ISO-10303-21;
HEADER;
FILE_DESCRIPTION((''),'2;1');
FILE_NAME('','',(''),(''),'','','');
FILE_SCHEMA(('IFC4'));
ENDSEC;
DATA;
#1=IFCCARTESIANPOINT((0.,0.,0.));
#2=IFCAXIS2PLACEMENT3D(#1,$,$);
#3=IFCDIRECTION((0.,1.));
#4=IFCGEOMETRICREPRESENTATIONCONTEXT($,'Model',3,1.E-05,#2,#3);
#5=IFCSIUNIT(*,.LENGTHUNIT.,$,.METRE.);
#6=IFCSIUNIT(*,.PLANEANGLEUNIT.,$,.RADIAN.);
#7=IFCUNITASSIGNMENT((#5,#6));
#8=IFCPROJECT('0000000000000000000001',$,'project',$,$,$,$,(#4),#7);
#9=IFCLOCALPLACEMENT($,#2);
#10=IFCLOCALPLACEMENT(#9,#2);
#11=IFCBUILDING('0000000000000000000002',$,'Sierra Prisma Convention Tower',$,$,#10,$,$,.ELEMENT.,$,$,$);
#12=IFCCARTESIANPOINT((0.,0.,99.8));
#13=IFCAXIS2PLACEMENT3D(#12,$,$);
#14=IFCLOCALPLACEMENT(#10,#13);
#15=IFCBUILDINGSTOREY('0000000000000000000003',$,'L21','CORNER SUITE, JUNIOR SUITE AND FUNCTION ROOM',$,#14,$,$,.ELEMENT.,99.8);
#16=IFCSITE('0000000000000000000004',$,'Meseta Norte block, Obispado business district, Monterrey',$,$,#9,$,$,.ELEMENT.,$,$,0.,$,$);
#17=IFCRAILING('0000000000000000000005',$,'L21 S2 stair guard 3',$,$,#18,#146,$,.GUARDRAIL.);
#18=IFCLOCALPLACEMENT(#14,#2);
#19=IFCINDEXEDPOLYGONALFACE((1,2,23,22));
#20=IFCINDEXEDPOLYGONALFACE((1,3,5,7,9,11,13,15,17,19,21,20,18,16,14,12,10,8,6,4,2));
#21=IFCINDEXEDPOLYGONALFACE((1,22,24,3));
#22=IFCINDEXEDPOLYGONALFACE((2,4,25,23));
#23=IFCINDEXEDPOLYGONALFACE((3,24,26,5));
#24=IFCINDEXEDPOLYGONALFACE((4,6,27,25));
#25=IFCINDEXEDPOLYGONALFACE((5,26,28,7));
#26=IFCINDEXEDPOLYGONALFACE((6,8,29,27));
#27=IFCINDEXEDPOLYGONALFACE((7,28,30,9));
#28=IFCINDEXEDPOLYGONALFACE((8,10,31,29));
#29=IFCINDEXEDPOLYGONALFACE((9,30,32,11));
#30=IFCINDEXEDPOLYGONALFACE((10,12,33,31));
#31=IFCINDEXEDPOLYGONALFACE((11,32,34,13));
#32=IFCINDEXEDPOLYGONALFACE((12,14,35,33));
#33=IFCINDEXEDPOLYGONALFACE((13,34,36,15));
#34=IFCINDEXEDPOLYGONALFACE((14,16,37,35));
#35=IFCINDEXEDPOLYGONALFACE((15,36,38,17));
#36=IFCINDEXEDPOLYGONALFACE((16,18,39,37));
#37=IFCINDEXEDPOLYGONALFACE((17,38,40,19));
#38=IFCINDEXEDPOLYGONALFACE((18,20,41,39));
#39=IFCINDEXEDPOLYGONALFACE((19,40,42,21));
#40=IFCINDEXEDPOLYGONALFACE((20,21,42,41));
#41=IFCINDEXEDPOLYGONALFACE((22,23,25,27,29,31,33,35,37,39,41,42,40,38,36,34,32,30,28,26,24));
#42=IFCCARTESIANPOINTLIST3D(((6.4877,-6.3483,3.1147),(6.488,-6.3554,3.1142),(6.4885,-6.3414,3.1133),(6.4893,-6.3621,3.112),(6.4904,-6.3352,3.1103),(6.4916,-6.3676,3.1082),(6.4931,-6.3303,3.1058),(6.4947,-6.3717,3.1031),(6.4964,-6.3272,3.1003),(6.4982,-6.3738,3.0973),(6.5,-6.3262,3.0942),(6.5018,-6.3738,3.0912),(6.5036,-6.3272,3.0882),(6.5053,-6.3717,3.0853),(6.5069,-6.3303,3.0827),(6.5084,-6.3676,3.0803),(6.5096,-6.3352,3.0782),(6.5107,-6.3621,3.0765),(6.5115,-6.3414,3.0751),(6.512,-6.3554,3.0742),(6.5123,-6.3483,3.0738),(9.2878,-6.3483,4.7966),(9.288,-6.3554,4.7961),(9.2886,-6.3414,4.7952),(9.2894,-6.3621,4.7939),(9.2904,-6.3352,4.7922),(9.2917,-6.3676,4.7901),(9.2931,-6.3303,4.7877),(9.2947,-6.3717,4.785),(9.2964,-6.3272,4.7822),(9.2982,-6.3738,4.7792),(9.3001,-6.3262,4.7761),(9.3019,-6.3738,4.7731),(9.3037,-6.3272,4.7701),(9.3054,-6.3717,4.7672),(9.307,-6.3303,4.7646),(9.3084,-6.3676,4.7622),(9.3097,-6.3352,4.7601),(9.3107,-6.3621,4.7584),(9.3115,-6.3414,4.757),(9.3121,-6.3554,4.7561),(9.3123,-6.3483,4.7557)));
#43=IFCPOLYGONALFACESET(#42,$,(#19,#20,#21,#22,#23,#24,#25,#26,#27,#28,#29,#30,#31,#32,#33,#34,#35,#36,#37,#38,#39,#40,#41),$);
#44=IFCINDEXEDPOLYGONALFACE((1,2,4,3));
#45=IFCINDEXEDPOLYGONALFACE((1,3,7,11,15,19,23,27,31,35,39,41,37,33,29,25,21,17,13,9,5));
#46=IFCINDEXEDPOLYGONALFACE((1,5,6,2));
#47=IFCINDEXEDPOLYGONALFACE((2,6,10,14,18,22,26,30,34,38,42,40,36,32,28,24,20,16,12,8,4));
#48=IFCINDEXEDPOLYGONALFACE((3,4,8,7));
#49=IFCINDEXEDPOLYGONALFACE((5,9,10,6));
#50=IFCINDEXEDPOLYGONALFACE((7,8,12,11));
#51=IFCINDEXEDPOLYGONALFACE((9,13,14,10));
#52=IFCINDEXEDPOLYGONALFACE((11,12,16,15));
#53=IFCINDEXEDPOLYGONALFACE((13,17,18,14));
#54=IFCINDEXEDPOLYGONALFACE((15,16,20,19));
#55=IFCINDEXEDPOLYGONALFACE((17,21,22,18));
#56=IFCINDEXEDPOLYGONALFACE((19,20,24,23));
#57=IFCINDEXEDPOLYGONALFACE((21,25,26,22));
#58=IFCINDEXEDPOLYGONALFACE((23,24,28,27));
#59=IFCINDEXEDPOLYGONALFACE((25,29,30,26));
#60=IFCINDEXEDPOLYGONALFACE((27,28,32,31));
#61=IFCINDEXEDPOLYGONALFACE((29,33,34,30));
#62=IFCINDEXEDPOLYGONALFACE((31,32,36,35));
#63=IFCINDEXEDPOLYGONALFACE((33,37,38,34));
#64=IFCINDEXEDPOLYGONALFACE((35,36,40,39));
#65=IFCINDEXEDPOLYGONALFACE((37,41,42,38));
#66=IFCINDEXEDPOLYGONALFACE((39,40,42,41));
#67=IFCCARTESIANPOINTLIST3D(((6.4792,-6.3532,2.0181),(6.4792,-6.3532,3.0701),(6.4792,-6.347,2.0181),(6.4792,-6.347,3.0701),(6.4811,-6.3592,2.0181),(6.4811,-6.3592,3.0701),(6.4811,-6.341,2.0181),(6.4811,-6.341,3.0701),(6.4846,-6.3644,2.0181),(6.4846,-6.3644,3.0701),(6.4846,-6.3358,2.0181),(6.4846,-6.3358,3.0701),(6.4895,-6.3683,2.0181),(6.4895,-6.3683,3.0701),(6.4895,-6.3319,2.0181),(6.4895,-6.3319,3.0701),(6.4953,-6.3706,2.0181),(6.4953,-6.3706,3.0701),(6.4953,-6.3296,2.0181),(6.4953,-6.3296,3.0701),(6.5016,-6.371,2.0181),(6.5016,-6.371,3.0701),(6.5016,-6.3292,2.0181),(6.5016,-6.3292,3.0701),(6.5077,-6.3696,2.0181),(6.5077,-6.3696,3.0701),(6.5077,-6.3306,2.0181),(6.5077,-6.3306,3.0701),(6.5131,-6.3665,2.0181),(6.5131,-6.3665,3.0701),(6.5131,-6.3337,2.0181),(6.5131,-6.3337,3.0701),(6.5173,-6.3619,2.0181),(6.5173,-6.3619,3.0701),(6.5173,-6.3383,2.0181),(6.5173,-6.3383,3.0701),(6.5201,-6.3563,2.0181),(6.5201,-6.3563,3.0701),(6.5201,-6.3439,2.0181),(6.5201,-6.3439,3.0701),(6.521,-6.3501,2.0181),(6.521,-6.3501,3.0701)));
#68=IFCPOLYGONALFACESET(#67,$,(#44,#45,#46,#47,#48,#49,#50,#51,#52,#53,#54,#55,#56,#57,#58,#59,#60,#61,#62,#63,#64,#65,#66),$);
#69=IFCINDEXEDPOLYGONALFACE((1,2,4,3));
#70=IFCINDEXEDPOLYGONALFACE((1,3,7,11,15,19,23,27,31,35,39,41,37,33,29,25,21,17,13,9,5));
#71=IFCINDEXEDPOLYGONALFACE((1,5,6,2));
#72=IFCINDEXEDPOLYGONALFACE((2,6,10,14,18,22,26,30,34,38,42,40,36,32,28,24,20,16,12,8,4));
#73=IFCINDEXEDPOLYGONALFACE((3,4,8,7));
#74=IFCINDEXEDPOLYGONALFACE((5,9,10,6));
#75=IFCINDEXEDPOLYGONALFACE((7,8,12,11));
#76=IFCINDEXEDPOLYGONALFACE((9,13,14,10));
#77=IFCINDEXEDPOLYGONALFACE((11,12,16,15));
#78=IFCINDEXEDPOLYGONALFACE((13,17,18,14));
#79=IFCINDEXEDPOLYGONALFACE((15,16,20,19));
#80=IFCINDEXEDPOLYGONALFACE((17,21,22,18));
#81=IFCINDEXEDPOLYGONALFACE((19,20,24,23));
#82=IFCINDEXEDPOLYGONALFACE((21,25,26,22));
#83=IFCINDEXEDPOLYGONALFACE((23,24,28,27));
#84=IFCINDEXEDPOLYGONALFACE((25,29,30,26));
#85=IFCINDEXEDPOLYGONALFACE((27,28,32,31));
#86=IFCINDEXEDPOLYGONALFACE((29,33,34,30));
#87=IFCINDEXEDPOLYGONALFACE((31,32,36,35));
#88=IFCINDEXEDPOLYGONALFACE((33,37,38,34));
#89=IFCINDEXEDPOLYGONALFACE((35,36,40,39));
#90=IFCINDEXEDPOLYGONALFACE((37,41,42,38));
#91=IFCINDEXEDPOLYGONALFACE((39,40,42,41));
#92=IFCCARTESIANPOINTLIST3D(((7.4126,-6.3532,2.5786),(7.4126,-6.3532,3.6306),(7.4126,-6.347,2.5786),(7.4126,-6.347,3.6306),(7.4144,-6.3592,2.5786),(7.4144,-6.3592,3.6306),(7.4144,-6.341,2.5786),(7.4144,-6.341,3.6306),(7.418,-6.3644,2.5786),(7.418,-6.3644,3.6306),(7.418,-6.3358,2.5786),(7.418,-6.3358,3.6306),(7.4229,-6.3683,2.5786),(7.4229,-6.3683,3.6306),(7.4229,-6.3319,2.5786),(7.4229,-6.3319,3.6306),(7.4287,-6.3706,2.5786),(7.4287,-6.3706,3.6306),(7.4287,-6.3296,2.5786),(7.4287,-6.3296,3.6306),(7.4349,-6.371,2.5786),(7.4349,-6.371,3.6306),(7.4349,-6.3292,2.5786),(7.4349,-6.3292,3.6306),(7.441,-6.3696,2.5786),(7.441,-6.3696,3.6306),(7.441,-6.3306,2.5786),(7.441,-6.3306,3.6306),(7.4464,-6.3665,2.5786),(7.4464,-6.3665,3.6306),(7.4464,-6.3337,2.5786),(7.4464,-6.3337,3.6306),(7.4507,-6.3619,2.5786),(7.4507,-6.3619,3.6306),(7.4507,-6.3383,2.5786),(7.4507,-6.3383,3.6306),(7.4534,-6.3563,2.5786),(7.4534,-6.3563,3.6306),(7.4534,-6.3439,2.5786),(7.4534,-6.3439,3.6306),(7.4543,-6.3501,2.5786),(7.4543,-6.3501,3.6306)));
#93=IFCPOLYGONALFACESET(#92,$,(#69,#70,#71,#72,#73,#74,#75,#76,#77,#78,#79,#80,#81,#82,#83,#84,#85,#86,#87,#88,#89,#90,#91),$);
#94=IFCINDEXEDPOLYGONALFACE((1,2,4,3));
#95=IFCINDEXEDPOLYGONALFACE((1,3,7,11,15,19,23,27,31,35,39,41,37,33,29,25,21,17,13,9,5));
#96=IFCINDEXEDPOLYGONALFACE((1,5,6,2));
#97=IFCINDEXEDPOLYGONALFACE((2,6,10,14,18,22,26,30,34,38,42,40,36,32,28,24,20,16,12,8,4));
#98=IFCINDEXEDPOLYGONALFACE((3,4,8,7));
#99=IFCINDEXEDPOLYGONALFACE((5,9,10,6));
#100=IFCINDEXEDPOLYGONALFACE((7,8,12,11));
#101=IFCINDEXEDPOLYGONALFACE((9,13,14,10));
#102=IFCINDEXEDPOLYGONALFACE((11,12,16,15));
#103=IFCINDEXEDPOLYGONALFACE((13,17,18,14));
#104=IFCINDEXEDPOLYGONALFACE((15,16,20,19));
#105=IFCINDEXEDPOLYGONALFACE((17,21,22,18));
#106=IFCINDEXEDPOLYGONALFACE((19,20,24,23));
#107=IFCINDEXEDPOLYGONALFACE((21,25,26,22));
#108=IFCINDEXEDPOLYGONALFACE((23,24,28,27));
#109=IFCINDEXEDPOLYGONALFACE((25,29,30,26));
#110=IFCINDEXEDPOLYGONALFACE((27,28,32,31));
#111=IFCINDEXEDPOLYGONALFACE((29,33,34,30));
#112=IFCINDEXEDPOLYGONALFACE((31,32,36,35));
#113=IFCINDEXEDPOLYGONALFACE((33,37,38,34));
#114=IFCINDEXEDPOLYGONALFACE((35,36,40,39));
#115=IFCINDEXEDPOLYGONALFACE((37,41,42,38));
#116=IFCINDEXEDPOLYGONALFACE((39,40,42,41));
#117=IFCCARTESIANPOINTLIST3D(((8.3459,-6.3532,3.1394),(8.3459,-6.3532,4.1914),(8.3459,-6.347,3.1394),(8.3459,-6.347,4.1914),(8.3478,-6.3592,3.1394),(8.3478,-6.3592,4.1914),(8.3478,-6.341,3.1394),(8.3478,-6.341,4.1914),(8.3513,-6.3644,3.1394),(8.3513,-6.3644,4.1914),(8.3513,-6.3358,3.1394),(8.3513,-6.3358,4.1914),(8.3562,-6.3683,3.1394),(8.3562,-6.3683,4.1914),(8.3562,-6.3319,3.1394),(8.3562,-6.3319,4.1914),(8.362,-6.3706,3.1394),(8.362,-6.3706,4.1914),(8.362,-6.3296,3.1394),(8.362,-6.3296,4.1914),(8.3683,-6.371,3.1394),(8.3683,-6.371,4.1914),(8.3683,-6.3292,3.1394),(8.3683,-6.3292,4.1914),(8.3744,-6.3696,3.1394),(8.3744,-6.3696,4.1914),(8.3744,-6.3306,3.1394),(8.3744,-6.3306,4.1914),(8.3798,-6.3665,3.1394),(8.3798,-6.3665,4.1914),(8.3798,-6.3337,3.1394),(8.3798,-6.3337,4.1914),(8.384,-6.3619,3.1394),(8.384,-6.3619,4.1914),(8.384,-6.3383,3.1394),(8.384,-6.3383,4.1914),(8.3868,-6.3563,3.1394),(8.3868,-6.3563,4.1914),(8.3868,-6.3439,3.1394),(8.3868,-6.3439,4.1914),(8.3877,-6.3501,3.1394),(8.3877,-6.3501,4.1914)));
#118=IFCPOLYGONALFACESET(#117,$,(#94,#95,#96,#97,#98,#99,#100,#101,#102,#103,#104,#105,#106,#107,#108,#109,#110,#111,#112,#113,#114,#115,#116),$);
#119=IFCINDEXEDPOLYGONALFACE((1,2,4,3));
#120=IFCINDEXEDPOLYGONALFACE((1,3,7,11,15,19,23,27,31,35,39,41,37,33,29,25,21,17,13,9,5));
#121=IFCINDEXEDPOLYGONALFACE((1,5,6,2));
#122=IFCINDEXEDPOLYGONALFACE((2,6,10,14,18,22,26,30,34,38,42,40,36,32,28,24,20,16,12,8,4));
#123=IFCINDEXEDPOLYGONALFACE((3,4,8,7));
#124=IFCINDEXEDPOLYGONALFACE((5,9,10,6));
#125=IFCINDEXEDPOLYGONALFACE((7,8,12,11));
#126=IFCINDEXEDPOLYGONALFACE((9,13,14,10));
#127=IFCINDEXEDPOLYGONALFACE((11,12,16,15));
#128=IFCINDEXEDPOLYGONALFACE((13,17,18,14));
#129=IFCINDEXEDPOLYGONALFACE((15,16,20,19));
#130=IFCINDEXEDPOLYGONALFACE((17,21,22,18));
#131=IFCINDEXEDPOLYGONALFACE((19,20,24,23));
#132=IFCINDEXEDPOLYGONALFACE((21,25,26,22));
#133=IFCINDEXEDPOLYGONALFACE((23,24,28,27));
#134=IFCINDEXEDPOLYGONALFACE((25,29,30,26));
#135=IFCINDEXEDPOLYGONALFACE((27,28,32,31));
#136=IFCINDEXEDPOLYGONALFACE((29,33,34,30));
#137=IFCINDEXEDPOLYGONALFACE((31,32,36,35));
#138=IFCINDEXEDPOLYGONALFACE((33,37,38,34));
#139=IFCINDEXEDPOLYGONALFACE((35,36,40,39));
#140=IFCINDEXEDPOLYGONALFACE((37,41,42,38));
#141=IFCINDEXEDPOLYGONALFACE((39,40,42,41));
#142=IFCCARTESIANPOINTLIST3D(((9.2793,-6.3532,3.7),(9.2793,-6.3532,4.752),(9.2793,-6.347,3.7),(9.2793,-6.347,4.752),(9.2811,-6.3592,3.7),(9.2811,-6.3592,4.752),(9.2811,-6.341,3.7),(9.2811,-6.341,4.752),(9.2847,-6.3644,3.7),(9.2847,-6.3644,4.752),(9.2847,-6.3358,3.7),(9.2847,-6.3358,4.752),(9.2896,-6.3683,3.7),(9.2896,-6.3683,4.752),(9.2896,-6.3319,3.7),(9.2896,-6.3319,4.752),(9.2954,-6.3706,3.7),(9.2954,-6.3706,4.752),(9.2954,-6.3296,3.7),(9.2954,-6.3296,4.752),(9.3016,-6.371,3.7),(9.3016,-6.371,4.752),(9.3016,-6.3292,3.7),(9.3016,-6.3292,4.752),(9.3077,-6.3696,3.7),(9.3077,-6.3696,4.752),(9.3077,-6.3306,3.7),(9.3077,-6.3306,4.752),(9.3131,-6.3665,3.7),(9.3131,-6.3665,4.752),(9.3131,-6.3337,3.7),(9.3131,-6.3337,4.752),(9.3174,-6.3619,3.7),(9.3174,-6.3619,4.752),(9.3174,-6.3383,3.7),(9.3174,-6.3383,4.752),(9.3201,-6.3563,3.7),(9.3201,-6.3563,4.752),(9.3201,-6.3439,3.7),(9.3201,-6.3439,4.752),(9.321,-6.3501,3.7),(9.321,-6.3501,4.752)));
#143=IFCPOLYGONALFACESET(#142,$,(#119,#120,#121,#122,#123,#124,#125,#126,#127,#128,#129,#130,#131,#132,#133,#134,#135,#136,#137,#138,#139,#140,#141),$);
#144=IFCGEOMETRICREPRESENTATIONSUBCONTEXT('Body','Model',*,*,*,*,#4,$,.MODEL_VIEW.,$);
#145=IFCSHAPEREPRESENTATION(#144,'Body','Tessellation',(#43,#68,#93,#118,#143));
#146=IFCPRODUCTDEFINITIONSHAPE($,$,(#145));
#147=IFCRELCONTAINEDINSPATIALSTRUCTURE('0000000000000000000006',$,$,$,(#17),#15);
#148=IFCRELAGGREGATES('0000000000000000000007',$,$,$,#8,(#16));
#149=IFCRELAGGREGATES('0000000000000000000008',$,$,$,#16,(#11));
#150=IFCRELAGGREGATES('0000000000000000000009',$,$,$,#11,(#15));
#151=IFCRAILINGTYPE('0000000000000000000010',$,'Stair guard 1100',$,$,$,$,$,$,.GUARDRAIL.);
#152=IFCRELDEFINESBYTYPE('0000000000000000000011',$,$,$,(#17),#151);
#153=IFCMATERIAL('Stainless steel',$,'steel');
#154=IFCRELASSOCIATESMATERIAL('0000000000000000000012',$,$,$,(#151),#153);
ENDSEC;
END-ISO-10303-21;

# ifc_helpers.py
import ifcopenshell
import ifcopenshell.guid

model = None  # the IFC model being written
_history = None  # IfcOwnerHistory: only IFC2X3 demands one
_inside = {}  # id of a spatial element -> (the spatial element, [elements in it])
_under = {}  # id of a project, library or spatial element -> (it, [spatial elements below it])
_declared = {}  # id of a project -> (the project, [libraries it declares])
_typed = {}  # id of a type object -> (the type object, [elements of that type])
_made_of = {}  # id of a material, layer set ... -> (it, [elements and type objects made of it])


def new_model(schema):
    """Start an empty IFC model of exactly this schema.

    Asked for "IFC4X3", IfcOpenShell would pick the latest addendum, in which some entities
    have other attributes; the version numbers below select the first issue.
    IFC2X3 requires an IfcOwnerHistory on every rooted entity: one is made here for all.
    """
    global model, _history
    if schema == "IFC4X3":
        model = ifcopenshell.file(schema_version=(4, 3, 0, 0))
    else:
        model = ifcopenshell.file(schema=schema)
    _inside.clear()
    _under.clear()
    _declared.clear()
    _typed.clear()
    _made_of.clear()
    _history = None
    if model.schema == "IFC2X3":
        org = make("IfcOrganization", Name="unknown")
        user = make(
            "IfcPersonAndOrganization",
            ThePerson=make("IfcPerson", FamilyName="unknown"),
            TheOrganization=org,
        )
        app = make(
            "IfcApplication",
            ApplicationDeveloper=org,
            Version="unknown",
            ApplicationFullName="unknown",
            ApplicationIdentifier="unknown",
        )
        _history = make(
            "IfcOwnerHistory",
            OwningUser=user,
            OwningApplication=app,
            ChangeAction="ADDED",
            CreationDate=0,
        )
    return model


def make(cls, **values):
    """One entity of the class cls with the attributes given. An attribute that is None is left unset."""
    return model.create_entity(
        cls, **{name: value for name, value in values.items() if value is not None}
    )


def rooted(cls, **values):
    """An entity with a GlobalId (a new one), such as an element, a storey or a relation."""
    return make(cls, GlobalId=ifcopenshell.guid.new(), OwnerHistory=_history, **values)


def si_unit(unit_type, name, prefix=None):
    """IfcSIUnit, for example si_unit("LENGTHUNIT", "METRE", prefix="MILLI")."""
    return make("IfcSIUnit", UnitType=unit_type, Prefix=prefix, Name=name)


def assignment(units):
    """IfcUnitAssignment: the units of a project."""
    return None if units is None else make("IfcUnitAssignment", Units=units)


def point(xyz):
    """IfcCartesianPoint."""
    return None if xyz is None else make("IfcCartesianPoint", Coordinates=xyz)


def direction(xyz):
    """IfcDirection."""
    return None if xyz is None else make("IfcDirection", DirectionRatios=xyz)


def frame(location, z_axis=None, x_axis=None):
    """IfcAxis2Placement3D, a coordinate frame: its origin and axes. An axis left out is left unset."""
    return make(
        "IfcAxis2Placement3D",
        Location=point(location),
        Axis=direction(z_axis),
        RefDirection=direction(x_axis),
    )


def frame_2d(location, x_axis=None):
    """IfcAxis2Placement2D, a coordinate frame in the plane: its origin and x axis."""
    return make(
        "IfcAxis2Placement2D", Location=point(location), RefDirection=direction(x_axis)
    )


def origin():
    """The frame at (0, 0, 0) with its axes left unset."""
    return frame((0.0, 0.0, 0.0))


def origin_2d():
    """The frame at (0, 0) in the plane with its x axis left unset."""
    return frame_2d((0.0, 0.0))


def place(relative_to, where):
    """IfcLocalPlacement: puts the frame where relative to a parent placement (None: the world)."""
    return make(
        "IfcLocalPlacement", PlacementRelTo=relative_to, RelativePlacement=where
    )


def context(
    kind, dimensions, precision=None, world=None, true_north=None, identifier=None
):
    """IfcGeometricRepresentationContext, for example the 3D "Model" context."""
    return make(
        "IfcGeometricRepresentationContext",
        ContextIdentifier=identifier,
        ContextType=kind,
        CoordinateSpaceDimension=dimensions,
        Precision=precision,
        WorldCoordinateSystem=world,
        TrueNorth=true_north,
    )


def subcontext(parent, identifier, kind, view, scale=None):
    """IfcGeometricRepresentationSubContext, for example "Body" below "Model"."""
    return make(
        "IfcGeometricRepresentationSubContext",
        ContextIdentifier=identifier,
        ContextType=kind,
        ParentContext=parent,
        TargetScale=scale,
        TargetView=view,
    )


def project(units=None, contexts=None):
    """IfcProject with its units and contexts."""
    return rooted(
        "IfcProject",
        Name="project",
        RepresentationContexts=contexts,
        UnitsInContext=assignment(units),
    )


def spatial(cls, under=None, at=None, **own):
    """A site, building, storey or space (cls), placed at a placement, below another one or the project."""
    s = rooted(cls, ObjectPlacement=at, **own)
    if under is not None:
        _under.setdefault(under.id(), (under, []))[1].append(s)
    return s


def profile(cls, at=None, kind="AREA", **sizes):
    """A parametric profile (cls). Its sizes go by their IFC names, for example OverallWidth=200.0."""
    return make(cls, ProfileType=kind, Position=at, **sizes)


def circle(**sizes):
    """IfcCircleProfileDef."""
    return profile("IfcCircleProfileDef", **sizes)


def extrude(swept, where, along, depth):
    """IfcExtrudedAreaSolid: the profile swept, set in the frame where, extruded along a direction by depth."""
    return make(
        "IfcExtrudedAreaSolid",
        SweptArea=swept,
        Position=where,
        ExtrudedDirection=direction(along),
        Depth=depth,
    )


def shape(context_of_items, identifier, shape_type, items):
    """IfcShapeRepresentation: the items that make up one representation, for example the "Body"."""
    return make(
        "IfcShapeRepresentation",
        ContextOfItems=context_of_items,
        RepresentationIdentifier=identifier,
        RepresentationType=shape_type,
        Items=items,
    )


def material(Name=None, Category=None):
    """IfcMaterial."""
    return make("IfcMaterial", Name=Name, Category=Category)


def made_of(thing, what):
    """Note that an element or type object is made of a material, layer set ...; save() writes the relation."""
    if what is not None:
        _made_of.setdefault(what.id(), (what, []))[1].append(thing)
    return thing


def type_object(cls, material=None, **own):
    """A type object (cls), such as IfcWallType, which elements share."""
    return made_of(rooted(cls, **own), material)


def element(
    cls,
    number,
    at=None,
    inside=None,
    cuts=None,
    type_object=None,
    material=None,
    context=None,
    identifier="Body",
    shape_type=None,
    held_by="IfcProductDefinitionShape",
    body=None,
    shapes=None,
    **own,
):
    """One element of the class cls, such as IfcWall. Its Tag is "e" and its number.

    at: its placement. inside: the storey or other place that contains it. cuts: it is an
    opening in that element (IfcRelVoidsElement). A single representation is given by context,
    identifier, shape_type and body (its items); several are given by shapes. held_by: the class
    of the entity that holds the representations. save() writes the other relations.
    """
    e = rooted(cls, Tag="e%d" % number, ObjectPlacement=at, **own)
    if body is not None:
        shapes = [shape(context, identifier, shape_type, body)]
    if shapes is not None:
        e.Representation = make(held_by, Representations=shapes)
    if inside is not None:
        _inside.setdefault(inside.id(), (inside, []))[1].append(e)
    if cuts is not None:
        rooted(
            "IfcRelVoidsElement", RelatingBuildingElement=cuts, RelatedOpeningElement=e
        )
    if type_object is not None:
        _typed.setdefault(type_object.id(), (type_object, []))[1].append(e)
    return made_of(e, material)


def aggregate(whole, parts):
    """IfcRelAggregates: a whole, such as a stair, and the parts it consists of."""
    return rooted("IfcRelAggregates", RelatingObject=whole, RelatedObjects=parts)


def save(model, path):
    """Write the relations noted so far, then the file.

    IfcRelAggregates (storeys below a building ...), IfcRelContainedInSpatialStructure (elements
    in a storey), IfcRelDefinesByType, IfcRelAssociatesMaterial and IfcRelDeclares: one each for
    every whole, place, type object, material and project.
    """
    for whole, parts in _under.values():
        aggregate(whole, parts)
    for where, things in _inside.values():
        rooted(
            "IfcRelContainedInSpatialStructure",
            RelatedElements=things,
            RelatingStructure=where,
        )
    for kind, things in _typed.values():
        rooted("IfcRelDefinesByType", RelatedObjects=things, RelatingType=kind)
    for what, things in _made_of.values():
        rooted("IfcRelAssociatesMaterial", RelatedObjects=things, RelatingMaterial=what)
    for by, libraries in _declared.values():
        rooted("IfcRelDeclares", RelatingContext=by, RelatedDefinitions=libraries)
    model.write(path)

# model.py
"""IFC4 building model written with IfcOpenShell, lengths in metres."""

from ifc_helpers import new_model, si_unit, direction, frame, origin, origin_2d, place, context, subcontext, project, spatial, circle, extrude, material, type_object, element, save


model = new_model("IFC4")

# Units and contexts
model_context = context("Model", 3, precision=1e-05, world=origin(), true_north=direction((0.0, 1.0)))
body_context = subcontext(model_context, "Body", "Model", "MODEL_VIEW")
ifc_project = project(units=[si_unit("LENGTHUNIT", "METRE"), si_unit("PLANEANGLEUNIT", "RADIAN")], contexts=[model_context])

# Site, building, storey
site_placement = place(None, origin())
site = spatial("IfcSite", under=ifc_project, at=site_placement, Name="Meseta Norte block, Obispado business district, Monterrey", CompositionType="ELEMENT", RefElevation=0.0)
building_placement = place(site_placement, origin())
building = spatial("IfcBuilding", under=site, at=building_placement, Name="Sierra Prisma Convention Tower", CompositionType="ELEMENT")
storey_placement = place(building_placement, frame((0.0, 0.0, 99.8)))
storey = spatial("IfcBuildingStorey", under=building, at=storey_placement, Name="L21", Description="CORNER SUITE, JUNIOR SUITE AND FUNCTION ROOM", CompositionType="ELEMENT", Elevation=99.8)

# Railing
ifc_material_1 = material(Name="Stainless steel", Category="steel")
railing_type_1 = type_object("IfcRailingType", Name="Stair guard 1100", PredefinedType="GUARDRAIL", material=ifc_material_1)
railing_1_placement = place(storey_placement, frame((6.5, -6.3501, 2.0181)))
element("IfcRailing", 1, at=railing_1_placement, inside=storey, type_object=railing_type_1, Name="L21 S2 stair guard 3", PredefinedType="GUARDRAIL", context=body_context, shape_type="SweptSolid", body=[
    extrude(circle(Radius=0.0239, at=origin_2d()), frame((0.0, 0.0, 1.0762), z_axis=(0.857242, 0.0, 0.514913), x_axis=(0.0, 1.0, 0.0)), (0.0, 0.0, 1.0), 3.2664),
    extrude(circle(Radius=0.021, at=origin_2d()), origin(), (0.0, 0.0, 1.0), 1.052),
    extrude(circle(Radius=0.021, at=origin_2d()), frame((0.9333, 0.0, 0.5605)), (0.0, 0.0, 1.0), 1.052),
    extrude(circle(Radius=0.021, at=origin_2d()), frame((1.8667, 0.0, 1.1213)), (0.0, 0.0, 1.0), 1.052),
    extrude(circle(Radius=0.021, at=origin_2d()), frame((2.8, 0.0, 1.6819)), (0.0, 0.0, 1.0), 1.052),
])

save(model, "model.ifc")
